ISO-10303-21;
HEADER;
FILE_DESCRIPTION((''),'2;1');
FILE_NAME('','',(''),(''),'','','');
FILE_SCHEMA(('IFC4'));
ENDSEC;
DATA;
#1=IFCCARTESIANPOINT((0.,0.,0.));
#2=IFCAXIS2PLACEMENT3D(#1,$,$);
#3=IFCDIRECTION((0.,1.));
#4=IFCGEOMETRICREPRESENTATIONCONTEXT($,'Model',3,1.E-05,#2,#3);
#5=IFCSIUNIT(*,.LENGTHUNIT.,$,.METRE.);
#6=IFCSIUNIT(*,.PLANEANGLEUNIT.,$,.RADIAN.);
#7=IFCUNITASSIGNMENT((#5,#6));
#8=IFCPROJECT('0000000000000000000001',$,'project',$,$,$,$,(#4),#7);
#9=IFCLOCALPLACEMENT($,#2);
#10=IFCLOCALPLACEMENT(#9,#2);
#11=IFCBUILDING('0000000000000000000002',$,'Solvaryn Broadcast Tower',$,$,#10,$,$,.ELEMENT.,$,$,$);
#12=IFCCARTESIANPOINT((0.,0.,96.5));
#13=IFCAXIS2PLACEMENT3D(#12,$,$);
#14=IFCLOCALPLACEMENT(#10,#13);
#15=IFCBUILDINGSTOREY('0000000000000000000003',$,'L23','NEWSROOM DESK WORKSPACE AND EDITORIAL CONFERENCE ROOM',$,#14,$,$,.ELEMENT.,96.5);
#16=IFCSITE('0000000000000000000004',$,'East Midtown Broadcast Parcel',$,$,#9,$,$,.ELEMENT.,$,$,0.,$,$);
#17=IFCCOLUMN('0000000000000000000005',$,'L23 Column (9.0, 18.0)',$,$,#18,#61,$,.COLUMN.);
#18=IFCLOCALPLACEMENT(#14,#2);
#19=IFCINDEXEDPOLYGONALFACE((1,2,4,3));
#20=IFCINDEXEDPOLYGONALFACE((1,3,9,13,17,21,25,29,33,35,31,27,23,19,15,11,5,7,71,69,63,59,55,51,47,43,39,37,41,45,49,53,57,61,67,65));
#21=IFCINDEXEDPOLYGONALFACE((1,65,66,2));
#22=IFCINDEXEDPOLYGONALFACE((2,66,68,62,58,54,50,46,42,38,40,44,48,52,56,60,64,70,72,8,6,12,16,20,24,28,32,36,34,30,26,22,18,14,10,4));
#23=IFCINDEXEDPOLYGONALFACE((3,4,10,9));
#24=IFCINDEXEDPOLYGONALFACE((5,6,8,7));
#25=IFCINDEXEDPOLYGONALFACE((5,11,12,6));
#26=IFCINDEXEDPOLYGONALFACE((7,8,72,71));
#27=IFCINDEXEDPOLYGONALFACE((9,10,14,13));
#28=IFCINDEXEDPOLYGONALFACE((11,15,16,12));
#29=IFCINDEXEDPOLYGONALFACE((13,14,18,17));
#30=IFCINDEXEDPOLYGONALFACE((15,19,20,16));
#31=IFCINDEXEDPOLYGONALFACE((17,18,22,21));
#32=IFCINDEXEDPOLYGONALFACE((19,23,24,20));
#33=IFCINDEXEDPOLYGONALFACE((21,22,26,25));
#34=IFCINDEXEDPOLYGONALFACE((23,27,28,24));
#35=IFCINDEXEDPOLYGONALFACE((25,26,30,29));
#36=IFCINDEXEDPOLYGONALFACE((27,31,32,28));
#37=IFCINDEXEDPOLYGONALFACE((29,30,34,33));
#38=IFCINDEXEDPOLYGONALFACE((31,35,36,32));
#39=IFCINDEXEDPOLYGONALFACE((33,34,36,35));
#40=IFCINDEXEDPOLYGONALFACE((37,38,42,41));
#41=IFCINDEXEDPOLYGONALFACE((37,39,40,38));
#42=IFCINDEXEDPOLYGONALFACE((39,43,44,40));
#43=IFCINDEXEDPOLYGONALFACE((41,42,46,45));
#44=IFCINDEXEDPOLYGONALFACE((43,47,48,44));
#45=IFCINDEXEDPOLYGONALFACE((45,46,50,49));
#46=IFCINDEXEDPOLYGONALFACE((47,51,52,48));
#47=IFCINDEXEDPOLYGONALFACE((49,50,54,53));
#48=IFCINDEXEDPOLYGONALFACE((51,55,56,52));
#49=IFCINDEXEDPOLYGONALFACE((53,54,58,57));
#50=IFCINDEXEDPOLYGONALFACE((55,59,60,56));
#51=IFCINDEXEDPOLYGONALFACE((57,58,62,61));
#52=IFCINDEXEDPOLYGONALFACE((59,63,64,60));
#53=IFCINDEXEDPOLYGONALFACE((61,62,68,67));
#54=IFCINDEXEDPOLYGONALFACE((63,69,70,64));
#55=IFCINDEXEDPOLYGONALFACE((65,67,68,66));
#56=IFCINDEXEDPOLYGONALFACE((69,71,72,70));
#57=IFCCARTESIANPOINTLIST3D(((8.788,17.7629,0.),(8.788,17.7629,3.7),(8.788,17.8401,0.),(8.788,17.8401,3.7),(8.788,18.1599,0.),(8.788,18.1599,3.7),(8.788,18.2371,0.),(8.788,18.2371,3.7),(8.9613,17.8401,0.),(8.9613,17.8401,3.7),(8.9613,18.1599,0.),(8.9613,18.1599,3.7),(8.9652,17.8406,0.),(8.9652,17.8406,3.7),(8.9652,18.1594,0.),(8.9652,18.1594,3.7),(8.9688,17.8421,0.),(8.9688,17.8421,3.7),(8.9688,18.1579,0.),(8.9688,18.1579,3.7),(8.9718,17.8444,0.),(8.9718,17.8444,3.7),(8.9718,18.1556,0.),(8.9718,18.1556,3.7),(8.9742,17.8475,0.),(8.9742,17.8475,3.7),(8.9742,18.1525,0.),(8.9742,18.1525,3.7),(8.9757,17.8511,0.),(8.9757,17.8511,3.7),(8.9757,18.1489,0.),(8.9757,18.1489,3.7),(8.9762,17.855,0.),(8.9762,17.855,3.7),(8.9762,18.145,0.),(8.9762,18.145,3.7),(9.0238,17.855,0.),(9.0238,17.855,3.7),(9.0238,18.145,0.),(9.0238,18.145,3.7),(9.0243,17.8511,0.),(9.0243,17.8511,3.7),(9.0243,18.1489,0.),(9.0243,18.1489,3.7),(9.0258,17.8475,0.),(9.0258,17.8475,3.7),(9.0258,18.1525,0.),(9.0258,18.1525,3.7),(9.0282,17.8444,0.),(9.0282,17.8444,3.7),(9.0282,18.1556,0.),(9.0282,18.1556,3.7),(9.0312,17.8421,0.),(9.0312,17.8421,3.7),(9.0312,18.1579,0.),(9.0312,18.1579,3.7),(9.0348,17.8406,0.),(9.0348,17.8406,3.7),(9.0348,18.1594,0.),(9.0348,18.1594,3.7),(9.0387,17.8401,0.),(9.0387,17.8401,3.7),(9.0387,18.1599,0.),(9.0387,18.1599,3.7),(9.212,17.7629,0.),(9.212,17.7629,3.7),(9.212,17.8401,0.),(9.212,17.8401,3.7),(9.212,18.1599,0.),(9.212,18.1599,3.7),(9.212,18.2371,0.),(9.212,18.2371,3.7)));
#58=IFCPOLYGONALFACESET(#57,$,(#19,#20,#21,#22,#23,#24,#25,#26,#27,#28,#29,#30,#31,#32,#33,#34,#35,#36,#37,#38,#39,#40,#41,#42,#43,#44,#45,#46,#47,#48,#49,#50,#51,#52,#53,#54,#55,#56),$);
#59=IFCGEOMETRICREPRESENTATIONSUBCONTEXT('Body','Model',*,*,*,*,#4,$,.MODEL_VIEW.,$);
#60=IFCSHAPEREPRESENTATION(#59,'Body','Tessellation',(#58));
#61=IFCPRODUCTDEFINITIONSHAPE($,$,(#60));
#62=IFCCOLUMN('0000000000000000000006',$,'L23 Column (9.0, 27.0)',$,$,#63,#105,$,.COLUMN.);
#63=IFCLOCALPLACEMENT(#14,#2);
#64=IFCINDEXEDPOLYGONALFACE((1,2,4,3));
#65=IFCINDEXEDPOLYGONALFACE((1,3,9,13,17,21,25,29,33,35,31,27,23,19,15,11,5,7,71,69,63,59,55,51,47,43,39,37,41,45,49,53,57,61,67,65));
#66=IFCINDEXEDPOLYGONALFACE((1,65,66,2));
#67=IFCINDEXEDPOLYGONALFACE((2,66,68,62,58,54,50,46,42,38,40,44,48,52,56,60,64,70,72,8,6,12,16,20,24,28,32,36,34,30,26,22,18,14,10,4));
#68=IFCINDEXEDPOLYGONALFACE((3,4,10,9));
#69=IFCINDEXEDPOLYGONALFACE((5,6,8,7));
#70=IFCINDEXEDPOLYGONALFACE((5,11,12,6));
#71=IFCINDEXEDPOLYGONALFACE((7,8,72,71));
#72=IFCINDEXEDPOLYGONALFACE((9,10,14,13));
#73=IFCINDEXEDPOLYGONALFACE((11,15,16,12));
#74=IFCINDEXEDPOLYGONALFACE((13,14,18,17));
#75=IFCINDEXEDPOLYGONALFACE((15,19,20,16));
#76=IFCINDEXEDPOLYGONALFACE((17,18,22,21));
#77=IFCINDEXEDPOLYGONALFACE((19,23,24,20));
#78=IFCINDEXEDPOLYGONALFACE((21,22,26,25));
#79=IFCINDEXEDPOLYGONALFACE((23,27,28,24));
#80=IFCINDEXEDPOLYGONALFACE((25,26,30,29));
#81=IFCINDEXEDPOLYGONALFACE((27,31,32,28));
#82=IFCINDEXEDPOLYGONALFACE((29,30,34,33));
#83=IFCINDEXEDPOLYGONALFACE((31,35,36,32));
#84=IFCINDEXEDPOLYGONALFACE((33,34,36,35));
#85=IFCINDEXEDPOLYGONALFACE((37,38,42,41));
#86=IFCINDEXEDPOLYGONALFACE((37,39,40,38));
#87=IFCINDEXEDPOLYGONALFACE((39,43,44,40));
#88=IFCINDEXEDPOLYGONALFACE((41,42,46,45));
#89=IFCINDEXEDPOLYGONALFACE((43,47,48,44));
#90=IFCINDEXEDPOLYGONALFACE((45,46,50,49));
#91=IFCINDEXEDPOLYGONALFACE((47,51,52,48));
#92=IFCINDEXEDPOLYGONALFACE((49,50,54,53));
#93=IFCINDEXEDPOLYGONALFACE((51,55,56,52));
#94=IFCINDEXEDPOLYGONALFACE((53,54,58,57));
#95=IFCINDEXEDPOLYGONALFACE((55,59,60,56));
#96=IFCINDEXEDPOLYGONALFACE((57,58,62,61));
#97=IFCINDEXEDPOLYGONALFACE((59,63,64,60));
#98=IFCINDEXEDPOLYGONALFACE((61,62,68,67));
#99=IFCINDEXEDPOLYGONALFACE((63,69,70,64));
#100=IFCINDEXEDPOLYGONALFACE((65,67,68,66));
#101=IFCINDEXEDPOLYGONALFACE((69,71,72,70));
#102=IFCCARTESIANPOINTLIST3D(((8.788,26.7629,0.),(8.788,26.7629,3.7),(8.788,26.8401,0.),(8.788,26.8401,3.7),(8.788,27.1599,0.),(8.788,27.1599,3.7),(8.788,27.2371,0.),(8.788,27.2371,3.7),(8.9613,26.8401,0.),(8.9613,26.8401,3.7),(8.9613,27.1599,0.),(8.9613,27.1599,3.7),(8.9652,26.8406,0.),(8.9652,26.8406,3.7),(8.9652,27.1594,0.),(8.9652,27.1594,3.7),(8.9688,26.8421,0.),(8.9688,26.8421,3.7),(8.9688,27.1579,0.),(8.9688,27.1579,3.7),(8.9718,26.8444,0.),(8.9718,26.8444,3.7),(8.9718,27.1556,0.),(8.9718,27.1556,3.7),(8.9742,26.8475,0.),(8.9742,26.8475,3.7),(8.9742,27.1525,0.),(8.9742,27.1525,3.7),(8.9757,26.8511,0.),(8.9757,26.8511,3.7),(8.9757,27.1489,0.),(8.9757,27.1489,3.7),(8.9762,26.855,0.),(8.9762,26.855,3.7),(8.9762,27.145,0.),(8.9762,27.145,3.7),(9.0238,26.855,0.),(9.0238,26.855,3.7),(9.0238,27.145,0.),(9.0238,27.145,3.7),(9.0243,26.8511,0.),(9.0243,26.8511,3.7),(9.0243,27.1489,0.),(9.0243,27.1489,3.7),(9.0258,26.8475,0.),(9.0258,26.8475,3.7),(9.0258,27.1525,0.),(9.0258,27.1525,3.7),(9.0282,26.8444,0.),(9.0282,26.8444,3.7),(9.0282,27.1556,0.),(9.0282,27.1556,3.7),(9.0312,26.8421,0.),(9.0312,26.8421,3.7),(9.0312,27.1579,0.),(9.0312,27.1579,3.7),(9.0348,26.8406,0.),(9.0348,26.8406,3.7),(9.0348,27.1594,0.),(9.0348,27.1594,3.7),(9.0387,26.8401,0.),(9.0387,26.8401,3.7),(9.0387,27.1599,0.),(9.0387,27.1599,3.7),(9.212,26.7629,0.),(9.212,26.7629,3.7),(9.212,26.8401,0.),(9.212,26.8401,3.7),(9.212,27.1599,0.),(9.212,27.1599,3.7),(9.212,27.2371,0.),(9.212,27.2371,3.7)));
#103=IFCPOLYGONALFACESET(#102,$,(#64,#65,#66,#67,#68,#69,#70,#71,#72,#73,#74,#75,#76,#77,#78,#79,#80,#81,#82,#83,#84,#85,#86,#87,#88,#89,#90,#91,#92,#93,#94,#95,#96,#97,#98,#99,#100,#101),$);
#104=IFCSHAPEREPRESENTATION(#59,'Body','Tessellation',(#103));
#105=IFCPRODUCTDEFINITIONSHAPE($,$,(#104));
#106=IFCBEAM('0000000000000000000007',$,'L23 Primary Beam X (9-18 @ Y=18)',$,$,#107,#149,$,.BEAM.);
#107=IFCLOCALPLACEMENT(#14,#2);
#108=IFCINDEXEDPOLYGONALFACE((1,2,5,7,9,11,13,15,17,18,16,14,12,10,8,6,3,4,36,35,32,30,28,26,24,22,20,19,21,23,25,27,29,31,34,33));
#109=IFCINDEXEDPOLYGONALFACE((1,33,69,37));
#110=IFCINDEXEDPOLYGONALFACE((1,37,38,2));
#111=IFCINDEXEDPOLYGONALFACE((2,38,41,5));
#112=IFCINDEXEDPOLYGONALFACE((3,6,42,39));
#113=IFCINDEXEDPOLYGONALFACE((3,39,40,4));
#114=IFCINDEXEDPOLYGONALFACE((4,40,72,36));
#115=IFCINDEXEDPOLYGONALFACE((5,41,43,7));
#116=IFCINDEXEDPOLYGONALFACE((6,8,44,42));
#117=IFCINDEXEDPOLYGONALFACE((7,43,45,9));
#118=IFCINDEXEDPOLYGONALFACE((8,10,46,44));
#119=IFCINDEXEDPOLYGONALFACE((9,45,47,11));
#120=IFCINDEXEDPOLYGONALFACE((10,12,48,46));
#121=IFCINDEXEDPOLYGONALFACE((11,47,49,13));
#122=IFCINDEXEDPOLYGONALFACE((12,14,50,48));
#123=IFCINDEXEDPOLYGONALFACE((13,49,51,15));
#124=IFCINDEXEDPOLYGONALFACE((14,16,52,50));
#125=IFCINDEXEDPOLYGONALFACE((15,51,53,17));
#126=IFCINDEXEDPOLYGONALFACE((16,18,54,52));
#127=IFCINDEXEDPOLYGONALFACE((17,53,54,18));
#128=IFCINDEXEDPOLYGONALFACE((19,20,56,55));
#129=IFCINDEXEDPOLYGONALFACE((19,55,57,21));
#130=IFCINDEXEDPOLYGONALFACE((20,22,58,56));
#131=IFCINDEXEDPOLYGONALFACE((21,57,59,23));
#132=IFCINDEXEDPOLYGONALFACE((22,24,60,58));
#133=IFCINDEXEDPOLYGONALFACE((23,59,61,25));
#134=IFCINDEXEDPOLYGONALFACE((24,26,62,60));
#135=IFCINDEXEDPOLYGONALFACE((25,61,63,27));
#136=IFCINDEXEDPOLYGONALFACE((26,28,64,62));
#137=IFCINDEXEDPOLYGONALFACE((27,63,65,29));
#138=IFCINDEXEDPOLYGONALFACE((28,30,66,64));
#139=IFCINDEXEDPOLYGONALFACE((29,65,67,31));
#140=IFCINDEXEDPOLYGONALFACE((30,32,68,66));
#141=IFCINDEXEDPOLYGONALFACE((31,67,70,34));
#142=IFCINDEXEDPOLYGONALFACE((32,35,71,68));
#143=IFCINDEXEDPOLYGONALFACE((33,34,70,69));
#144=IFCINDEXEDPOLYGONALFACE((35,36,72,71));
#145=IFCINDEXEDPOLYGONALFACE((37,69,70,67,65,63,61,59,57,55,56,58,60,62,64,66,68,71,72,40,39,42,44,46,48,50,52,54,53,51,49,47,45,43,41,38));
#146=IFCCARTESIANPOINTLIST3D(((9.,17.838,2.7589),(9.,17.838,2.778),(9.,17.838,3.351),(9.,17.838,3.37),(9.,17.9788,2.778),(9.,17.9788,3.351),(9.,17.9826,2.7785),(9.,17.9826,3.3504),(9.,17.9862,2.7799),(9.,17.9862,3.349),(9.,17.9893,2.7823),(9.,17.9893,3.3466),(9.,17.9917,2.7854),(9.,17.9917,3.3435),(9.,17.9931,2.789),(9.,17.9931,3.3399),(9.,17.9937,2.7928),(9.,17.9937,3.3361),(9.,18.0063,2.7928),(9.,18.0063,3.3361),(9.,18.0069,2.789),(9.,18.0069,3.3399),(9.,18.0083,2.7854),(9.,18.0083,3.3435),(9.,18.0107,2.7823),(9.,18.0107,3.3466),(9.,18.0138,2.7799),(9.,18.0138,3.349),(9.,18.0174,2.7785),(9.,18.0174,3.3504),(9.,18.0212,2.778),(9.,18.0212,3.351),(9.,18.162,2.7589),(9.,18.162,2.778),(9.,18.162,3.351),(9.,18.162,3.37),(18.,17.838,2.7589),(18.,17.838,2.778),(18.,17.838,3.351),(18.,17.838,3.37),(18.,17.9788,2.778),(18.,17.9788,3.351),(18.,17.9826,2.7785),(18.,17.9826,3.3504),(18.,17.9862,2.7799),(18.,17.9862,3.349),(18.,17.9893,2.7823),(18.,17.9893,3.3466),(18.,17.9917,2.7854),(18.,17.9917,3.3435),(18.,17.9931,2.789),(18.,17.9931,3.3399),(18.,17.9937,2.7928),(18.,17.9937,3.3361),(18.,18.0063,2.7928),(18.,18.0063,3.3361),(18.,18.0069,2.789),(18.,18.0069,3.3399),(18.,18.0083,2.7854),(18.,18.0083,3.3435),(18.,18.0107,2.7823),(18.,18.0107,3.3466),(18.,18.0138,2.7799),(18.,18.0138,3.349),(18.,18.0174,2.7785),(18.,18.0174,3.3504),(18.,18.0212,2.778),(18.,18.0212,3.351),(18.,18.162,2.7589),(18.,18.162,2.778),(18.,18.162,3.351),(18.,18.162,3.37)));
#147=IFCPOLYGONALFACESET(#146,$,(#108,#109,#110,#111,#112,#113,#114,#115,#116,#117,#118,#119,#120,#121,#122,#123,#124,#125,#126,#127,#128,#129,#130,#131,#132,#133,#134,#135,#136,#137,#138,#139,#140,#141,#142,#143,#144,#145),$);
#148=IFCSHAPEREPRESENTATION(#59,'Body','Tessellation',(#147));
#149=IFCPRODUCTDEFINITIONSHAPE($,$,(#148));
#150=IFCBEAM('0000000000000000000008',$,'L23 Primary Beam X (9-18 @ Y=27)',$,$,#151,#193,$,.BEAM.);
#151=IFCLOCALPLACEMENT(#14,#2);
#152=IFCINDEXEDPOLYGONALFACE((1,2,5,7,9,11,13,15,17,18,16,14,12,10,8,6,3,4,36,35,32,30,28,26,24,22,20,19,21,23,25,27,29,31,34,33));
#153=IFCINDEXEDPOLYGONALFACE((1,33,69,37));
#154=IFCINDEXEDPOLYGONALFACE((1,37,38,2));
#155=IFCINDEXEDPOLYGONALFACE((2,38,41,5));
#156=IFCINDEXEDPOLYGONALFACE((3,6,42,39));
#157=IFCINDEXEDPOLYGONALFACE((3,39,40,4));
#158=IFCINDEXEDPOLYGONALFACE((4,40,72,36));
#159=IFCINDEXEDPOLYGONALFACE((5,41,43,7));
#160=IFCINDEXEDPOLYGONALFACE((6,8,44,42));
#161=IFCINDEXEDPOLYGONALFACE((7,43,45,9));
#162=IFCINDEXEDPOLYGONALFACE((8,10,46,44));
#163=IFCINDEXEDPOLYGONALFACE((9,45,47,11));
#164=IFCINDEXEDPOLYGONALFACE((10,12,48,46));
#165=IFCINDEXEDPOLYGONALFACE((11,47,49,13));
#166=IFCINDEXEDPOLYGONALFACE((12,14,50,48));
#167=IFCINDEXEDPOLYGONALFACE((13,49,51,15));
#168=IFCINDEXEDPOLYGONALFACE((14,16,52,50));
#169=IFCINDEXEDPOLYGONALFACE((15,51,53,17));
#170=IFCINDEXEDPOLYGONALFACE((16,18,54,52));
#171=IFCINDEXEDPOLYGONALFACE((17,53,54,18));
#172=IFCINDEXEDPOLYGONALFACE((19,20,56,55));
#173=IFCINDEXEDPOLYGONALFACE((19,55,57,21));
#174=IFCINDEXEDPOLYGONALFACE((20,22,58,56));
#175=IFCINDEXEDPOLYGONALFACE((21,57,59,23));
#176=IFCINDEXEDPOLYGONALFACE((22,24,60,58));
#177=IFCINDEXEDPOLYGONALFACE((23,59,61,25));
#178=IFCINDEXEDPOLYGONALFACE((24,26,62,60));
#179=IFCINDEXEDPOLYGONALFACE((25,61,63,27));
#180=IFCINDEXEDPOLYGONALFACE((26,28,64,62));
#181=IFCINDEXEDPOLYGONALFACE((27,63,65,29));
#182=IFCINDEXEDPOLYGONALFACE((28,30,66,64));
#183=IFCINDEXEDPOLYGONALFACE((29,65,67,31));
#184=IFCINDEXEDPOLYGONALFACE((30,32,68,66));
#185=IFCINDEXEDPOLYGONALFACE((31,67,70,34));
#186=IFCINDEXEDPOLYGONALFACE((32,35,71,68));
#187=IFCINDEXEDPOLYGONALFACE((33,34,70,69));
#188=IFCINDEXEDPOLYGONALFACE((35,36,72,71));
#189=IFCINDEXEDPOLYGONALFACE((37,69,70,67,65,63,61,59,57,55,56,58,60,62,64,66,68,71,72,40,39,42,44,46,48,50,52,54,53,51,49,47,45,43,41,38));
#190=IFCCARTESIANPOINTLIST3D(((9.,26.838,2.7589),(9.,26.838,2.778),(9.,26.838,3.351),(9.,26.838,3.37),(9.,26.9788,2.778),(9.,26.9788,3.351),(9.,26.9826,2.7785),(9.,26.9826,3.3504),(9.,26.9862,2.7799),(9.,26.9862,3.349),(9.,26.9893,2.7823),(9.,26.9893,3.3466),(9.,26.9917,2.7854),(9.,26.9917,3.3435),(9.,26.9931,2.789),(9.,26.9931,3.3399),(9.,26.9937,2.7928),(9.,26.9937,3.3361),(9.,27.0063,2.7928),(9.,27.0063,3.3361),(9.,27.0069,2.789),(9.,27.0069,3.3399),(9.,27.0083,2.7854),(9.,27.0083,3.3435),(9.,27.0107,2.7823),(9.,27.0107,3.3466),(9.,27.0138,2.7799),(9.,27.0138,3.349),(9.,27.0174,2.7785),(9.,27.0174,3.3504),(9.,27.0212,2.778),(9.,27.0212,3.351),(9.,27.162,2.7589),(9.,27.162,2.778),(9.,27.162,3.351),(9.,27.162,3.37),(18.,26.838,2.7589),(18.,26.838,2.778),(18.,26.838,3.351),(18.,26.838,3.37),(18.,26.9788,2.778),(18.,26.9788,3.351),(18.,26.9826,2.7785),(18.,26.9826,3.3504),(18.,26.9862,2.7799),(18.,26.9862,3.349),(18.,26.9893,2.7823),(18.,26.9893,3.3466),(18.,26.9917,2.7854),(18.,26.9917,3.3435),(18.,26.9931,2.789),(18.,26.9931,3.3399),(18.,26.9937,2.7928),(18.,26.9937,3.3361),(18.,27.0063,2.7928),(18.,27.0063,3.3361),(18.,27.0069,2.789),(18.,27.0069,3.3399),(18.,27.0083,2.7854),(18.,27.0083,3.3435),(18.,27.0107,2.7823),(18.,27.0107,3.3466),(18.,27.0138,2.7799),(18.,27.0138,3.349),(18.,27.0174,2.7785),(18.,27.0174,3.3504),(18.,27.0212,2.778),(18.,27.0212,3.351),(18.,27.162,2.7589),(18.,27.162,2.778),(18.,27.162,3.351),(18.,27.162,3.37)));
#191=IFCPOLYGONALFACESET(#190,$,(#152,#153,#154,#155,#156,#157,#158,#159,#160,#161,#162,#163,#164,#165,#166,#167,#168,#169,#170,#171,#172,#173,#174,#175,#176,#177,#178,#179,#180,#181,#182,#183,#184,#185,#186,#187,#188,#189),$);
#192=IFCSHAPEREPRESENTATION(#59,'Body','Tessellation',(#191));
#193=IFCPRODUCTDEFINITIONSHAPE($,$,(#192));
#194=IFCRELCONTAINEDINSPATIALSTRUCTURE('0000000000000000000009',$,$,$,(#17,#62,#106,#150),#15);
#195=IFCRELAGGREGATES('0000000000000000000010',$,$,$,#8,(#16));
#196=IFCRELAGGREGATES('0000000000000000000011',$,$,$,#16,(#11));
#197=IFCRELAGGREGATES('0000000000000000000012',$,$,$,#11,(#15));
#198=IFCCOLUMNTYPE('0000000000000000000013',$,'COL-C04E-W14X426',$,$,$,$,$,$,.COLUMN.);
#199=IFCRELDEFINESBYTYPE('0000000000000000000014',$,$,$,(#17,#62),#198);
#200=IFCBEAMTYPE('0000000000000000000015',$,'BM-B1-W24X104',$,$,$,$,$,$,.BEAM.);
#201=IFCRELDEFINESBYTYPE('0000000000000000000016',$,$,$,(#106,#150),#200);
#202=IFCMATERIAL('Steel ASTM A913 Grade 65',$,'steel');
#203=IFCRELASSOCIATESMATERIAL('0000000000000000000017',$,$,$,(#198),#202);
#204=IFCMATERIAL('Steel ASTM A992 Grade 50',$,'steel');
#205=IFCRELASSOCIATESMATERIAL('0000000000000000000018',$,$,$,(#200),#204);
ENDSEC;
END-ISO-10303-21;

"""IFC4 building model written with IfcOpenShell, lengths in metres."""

from ifc_helpers import new_model, si_unit, direction, frame, origin, origin_2d, place, context, subcontext, project, spatial, i_section, extrude, material, material_profile, profile_set, type_object, element, save


model = new_model("IFC4")

# Units and contexts
model_context = context("Model", 3, precision=1e-05, world=origin(), true_north=direction((0.0, 1.0)))
body_context = subcontext(model_context, "Body", "Model", "MODEL_VIEW")
ifc_project = project(units=[si_unit("LENGTHUNIT", "METRE"), si_unit("PLANEANGLEUNIT", "RADIAN")], contexts=[model_context])

# Site, building, storey
site_placement = place(None, origin())
site = spatial("IfcSite", under=ifc_project, at=site_placement, Name="East Midtown Broadcast Parcel", CompositionType="ELEMENT", RefElevation=0.0)
building_placement = place(site_placement, origin())
building = spatial("IfcBuilding", under=site, at=building_placement, Name="Solvaryn Broadcast Tower", CompositionType="ELEMENT")
storey_placement = place(building_placement, frame((0.0, 0.0, 96.5)))
storey = spatial("IfcBuildingStorey", under=building, at=storey_placement, Name="L23", Description="NEWSROOM DESK WORKSPACE AND EDITORIAL CONFERENCE ROOM", CompositionType="ELEMENT", Elevation=96.5)

# Columns
ifc_material_1 = material(Name="Steel ASTM A913 Grade 65", Category="steel")
ifc_material_profile_1 = material_profile(ifc_material_1, i_section(OverallWidth=0.4241, OverallDepth=0.4741, WebThickness=0.0476, FlangeThickness=0.0771, FilletRadius=0.0149, at=origin_2d()))
ifc_profile_set_1 = profile_set([ifc_material_profile_1], Name="Steel ASTM A913 Grade 65")
column_type = type_object("IfcColumnType", Name="COL-C04E-W14X426", PredefinedType="COLUMN", material=ifc_profile_set_1)
for number, where, z_axis, x_axis, name in (
    (1, (9.0, 18.0, 0.0), (0.0, 0.0, 1.0), (1.0, 0.0, 0.0), "L23 Column (9.0, 18.0)"),
    (2, (9.0, 27.0, 0.0), (0.0, 0.0, 1.0), (1.0, 0.0, 0.0), "L23 Column (9.0, 27.0)"),
):
    element("IfcColumn", number, at=place(storey_placement, frame(where, z_axis=z_axis, x_axis=x_axis)), inside=storey, type_object=column_type, Name=name, PredefinedType="COLUMN", context=body_context, shape_type="SweptSolid", body=[
        extrude(i_section(OverallWidth=0.4241, OverallDepth=0.4741, WebThickness=0.0476, FlangeThickness=0.0771, FilletRadius=0.0149, at=origin_2d()), origin(), (0.0, 0.0, 1.0), 3.7),
    ])

# Beams
ifc_material_2 = material(Name="Steel ASTM A992 Grade 50", Category="steel")
ifc_material_profile_2 = material_profile(ifc_material_2, i_section(OverallWidth=0.324, OverallDepth=0.6111, WebThickness=0.0127, FlangeThickness=0.019, FilletRadius=0.0149, at=origin_2d()))
ifc_profile_set_2 = profile_set([ifc_material_profile_2], Name="Steel ASTM A992 Grade 50")
beam_type_1 = type_object("IfcBeamType", Name="BM-B1-W24X104", PredefinedType="BEAM", material=ifc_profile_set_2)
for number, where, z_axis, x_axis, name in (
    (3, (9.0, 18.0, 3.0645), (1.0, 0.0, 0.0), (0.0, 1.0, 0.0), "L23 Primary Beam X (9-18 @ Y=18)"),
    (4, (9.0, 27.0, 3.0645), (1.0, 0.0, 0.0), (0.0, 1.0, 0.0), "L23 Primary Beam X (9-18 @ Y=27)"),
):
    element("IfcBeam", number, at=place(storey_placement, frame(where, z_axis=z_axis, x_axis=x_axis)), inside=storey, type_object=beam_type_1, Name=name, PredefinedType="BEAM", context=body_context, shape_type="SweptSolid", body=[
        extrude(i_section(OverallWidth=0.324, OverallDepth=0.6111, WebThickness=0.0127, FlangeThickness=0.019, FilletRadius=0.0149, at=origin_2d()), origin(), (0.0, 0.0, 1.0), 9.0),
    ])

save(model, "model.ifc")
